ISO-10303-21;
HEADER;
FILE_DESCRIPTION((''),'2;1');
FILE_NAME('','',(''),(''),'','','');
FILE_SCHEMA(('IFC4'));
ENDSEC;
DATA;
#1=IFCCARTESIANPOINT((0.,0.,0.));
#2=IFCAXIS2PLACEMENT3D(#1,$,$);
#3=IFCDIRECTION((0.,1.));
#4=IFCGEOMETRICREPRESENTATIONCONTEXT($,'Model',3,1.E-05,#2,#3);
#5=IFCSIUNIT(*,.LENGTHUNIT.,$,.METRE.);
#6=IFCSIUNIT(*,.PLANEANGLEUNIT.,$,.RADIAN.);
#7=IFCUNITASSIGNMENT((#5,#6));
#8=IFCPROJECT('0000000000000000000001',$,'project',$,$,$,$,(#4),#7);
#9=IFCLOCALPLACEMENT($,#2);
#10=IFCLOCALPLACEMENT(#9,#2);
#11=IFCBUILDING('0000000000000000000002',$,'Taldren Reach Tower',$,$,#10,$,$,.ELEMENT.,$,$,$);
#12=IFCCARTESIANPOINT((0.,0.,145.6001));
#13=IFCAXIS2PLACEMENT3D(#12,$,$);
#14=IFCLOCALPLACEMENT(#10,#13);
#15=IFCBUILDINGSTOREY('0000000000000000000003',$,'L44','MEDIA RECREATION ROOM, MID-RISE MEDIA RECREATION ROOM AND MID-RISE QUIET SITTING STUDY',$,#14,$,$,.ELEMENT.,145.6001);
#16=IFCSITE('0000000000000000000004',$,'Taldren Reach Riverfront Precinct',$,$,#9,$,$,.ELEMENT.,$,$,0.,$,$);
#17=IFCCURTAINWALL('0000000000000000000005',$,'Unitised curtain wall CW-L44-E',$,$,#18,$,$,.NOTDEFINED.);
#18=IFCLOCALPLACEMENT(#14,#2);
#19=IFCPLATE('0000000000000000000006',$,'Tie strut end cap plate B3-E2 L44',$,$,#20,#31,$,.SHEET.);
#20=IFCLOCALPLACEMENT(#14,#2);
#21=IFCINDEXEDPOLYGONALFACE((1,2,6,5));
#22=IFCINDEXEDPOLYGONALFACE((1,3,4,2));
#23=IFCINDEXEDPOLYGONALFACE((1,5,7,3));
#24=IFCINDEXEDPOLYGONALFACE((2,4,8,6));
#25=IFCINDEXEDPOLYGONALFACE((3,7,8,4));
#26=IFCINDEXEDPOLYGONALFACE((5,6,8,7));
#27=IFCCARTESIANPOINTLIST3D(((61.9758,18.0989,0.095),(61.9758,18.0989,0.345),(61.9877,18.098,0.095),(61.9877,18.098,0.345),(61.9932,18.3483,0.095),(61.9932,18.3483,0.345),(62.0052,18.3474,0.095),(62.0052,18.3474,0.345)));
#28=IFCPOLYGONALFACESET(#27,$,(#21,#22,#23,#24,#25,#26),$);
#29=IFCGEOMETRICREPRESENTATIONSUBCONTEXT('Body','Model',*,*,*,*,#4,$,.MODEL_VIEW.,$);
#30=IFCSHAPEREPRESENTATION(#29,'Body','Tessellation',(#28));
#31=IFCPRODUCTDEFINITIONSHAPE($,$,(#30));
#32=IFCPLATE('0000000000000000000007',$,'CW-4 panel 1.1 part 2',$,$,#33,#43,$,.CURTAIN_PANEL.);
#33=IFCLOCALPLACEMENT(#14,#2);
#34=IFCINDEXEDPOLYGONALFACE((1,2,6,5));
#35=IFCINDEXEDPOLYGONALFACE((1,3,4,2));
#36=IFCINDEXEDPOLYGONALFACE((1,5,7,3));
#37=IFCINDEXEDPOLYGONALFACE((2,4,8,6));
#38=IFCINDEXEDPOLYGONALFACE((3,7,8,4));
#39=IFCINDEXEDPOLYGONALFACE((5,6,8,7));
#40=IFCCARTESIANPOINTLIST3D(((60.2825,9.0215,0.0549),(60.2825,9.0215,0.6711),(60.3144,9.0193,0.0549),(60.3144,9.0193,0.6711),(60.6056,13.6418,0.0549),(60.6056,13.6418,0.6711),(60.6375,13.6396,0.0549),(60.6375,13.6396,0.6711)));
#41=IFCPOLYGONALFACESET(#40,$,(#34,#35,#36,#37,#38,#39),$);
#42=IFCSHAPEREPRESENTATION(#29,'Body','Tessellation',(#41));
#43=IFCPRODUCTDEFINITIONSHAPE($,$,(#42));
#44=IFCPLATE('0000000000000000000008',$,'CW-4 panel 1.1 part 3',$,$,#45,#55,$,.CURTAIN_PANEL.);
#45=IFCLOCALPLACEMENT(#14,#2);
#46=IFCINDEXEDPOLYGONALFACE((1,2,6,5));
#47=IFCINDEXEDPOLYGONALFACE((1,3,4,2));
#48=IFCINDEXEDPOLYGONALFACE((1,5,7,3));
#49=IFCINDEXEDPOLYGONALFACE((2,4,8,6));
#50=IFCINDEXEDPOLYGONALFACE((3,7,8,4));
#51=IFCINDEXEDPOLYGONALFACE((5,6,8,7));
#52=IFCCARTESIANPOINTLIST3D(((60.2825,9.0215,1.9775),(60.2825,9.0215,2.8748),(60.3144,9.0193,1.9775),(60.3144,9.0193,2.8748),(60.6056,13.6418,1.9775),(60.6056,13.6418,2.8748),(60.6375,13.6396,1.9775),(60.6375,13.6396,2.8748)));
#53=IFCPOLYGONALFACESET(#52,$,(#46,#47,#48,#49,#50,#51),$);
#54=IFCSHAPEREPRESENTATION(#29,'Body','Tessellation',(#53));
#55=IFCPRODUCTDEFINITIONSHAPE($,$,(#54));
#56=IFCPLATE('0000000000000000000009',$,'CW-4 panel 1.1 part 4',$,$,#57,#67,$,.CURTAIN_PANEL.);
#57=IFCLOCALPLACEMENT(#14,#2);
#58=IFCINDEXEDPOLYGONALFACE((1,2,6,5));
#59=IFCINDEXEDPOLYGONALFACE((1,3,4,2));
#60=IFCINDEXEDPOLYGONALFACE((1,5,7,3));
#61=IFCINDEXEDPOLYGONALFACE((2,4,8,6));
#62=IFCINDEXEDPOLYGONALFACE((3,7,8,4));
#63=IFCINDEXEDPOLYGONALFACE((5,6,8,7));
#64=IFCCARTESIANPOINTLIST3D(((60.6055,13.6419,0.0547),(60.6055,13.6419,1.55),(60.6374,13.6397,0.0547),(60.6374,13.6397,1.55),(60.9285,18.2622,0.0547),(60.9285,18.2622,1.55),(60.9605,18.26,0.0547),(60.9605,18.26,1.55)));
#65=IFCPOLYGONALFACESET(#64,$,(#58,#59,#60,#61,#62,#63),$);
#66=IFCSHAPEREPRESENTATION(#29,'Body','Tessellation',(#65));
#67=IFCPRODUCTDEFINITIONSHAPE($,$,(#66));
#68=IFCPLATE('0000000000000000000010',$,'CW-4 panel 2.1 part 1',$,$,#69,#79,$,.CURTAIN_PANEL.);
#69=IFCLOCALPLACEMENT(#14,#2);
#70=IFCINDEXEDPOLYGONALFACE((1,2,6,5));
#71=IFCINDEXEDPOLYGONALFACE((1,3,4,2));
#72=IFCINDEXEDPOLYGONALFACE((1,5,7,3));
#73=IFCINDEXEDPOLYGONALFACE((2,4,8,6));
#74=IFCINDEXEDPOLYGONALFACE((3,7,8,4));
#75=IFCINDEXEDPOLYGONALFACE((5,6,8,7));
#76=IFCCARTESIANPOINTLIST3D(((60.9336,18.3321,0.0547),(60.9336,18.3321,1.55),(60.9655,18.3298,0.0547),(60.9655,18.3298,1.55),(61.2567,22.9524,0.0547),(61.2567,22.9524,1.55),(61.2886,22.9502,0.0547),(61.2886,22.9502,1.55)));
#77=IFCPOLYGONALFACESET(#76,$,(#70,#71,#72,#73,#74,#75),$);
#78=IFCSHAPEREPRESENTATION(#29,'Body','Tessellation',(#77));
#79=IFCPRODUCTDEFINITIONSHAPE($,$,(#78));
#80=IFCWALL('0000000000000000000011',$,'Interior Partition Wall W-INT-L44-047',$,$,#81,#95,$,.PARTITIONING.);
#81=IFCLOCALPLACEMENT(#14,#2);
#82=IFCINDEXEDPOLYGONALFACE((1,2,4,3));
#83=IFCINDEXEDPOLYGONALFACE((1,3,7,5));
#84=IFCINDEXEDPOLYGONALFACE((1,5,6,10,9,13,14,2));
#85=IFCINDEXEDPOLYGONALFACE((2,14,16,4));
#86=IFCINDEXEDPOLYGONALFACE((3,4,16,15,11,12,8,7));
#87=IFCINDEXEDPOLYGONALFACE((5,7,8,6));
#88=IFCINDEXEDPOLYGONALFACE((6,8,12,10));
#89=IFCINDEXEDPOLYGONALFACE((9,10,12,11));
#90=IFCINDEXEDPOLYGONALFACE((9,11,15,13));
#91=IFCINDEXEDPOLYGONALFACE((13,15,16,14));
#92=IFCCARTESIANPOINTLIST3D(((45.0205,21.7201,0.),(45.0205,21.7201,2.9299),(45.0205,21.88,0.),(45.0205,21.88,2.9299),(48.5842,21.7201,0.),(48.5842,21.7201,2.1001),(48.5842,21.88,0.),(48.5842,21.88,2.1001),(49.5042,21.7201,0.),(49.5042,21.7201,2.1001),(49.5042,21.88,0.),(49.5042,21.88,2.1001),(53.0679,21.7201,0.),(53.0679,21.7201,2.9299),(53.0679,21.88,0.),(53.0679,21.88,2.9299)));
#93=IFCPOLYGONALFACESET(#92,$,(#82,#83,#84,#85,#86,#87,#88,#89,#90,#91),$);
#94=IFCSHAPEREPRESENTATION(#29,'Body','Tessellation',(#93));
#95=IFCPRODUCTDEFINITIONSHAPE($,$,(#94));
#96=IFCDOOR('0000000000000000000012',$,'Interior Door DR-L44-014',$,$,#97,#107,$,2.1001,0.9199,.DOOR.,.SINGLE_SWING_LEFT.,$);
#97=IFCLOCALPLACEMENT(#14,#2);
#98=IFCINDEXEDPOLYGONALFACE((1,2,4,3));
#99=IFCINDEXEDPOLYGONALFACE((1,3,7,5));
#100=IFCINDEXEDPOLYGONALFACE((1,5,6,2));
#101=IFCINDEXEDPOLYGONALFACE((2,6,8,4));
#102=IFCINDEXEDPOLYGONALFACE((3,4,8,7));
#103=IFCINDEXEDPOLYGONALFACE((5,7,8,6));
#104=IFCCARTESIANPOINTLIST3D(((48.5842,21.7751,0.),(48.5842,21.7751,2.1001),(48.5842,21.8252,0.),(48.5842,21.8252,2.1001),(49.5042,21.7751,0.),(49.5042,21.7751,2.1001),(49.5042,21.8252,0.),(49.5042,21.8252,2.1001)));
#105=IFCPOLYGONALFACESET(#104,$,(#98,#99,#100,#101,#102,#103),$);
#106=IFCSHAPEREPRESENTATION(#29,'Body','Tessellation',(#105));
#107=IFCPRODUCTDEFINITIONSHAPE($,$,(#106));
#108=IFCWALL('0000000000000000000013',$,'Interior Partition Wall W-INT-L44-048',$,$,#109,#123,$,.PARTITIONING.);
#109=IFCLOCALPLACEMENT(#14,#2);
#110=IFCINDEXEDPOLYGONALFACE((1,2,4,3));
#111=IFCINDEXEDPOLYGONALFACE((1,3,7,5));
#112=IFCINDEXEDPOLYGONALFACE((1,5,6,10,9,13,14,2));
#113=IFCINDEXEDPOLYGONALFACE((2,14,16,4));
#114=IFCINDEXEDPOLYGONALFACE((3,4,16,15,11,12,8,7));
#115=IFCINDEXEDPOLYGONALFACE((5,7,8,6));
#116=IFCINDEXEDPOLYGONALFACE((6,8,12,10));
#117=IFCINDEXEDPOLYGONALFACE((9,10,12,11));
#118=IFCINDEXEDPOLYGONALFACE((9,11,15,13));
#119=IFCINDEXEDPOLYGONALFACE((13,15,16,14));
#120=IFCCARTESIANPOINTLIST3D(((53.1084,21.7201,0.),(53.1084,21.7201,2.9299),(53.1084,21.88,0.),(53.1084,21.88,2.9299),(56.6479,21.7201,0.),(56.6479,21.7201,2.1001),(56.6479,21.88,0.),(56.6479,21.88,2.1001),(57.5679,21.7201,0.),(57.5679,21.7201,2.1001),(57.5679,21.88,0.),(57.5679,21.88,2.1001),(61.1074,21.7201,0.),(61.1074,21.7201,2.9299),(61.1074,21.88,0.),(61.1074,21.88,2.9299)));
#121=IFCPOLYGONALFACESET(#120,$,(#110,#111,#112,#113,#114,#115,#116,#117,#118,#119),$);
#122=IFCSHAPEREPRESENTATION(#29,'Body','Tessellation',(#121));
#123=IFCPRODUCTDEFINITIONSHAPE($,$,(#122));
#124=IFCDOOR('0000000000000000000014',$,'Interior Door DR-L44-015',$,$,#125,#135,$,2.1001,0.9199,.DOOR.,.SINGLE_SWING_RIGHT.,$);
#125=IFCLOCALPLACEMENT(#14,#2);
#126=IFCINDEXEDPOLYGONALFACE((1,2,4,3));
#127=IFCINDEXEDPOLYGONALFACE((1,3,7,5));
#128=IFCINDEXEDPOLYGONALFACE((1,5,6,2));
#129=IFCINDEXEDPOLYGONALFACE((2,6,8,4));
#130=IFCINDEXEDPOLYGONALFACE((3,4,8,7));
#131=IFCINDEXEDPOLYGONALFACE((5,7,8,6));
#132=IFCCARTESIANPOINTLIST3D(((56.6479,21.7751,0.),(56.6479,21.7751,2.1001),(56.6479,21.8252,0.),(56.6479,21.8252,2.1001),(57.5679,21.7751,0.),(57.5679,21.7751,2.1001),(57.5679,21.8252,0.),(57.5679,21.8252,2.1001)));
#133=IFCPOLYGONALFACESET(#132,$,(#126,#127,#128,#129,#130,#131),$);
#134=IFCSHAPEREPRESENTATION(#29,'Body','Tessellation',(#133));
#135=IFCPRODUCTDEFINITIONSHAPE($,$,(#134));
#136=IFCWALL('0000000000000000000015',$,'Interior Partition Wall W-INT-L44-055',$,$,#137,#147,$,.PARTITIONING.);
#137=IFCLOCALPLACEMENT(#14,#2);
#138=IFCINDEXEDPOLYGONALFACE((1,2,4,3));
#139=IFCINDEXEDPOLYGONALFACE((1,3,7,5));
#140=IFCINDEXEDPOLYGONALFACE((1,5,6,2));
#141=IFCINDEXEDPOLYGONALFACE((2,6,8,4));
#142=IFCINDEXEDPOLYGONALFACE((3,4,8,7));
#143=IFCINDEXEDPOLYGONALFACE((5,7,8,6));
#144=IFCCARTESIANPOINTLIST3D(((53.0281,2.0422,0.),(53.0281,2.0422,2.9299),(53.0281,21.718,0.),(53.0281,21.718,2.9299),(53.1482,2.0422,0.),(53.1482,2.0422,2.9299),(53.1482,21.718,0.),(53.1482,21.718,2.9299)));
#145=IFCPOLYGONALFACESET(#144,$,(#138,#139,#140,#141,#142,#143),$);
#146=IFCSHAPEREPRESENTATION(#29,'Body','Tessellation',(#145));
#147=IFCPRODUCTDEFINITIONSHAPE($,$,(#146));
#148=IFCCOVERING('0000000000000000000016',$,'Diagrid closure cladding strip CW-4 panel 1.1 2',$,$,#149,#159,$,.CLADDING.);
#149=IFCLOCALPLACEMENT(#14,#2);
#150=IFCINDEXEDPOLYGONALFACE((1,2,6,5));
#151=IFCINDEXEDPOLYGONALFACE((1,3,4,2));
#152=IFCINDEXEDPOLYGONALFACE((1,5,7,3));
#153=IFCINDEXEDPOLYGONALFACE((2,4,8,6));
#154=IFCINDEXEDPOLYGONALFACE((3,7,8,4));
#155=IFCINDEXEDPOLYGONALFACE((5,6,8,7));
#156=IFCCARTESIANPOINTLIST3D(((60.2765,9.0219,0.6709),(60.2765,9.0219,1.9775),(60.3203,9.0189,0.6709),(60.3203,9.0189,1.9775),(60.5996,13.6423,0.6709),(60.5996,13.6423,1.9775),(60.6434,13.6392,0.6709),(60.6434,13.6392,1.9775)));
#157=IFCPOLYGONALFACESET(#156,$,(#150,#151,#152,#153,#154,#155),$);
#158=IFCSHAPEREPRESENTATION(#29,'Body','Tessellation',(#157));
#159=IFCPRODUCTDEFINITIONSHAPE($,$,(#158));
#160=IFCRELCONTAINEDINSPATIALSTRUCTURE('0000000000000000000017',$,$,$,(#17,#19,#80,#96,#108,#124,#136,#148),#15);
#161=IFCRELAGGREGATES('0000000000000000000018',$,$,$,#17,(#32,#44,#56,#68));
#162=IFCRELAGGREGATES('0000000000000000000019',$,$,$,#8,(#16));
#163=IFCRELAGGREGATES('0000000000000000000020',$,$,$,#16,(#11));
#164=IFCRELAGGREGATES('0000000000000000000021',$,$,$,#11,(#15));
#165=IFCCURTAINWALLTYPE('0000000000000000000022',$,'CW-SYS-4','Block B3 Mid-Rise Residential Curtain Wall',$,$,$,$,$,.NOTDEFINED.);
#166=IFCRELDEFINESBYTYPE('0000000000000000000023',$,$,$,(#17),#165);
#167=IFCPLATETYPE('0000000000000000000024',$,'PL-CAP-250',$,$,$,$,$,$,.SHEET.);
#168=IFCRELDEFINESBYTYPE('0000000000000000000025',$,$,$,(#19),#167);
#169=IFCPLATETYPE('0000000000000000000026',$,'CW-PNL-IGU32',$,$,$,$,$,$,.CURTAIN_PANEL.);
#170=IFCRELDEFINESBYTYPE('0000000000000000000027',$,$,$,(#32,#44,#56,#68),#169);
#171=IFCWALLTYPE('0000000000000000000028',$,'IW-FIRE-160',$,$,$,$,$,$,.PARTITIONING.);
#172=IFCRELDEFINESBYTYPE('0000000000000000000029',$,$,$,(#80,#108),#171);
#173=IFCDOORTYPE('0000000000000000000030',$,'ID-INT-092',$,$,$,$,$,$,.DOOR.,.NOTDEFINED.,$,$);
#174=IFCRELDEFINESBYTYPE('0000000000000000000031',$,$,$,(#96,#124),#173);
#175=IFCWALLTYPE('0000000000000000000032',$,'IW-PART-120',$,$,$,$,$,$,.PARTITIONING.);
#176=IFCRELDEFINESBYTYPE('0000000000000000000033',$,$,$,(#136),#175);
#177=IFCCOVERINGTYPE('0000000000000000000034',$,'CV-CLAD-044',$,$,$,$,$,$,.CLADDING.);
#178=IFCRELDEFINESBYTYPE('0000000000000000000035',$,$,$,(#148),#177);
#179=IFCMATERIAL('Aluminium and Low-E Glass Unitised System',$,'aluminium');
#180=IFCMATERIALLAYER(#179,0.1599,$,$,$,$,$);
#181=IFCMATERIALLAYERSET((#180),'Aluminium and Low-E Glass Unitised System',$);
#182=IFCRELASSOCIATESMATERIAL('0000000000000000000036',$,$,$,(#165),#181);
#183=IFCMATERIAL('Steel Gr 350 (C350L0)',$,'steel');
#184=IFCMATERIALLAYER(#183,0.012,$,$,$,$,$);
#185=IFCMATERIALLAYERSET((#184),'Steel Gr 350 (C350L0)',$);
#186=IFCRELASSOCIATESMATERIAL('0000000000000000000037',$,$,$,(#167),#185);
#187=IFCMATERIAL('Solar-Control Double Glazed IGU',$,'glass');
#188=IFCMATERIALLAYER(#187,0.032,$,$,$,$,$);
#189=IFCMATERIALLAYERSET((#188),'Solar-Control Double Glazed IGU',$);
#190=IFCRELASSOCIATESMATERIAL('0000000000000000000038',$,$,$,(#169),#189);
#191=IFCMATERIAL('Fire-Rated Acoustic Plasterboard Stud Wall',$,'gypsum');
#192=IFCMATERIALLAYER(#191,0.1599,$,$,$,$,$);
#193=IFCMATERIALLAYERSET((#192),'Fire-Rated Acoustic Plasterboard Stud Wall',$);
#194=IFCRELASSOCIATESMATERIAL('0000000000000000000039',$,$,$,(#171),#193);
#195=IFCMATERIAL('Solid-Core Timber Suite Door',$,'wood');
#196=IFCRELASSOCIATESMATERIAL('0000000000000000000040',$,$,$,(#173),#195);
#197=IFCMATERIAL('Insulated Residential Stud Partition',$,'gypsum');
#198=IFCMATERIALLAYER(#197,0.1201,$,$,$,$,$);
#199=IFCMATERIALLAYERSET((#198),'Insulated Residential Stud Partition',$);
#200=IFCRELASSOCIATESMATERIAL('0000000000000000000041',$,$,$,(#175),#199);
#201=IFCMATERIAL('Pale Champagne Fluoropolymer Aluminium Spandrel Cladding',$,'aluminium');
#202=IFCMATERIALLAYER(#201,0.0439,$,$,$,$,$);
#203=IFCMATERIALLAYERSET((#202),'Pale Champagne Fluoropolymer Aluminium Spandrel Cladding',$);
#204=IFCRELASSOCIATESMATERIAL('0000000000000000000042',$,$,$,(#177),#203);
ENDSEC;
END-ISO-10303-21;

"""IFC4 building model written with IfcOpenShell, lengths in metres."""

from ifc_helpers import new_model, si_unit, direction, frame, frame_2d, origin, origin_2d, place, context, subcontext, project, spatial, rectangle, extrude, source, transform, mapped, material, layer, layer_set, type_object, element, fill, aggregate, save


model = new_model("IFC4")

# Units and contexts
model_context = context("Model", 3, precision=1e-05, world=origin(), true_north=direction((0.0, 1.0)))
body_context = subcontext(model_context, "Body", "Model", "MODEL_VIEW")
ifc_project = project(units=[si_unit("LENGTHUNIT", "METRE"), si_unit("PLANEANGLEUNIT", "RADIAN")], contexts=[model_context])

# Site, building, storey
site_placement = place(None, origin())
site = spatial("IfcSite", under=ifc_project, at=site_placement, Name="Taldren Reach Riverfront Precinct", CompositionType="ELEMENT", RefElevation=0.0)
building_placement = place(site_placement, origin())
building = spatial("IfcBuilding", under=site, at=building_placement, Name="Taldren Reach Tower", CompositionType="ELEMENT")
storey_placement = place(building_placement, frame((0.0, 0.0, 145.6001)))
storey = spatial("IfcBuildingStorey", under=building, at=storey_placement, Name="L44", Description="MEDIA RECREATION ROOM, MID-RISE MEDIA RECREATION ROOM AND MID-RISE QUIET SITTING STUDY", CompositionType="ELEMENT", Elevation=145.6001)

# Shared definitions
ifc_material_1 = material(Name="Steel Gr 350 (C350L0)", Category="steel")

# Curtain wall
ifc_material_2 = material(Name="Aluminium and Low-E Glass Unitised System", Category="aluminium")
ifc_layer_1 = layer(ifc_material_2, 0.1599)
ifc_layer_set_1 = layer_set([ifc_layer_1], Name="Aluminium and Low-E Glass Unitised System")
curtain_wall_type = type_object("IfcCurtainWallType", Name="CW-SYS-4", Description="Block B3 Mid-Rise Residential Curtain Wall", PredefinedType="NOTDEFINED", material=ifc_layer_set_1)
curtain_wall_placement = place(storey_placement, origin())
curtain_wall = element("IfcCurtainWall", 1, at=curtain_wall_placement, inside=storey, type_object=curtain_wall_type, Name="Unitised curtain wall CW-L44-E", PredefinedType="NOTDEFINED")

# Plates
ifc_layer_2 = layer(ifc_material_1, 0.012)
ifc_layer_set_2 = layer_set([ifc_layer_2], Name="Steel Gr 350 (C350L0)")
plate_type_1 = type_object("IfcPlateType", Name="PL-CAP-250", PredefinedType="SHEET", material=ifc_layer_set_2)
shared_shape_1 = source(origin(), body_context, "Body", "SweptSolid", [
    extrude(rectangle(XDim=0.012, YDim=0.25, at=origin_2d()), origin(), (0.0, 0.0, 1.0), 0.25),
])
plate_1_placement = place(storey_placement, frame((61.9905, 18.2231, 0.095), z_axis=(0.0, 0.0, 1.0), x_axis=(0.997564, -0.069756, 0.0)))
element("IfcPlate", 2, at=plate_1_placement, inside=storey, type_object=plate_type_1, Name="Tie strut end cap plate B3-E2 L44", PredefinedType="SHEET", context=body_context, shape_type="MappedRepresentation", body=[
    mapped(shared_shape_1, transform((0.0, 0.0, 0.0), scale=1.0)),
])
ifc_material_3 = material(Name="Solar-Control Double Glazed IGU", Category="glass")
ifc_layer_3 = layer(ifc_material_3, 0.032)
ifc_layer_set_3 = layer_set([ifc_layer_3], Name="Solar-Control Double Glazed IGU")
plate_type_2 = type_object("IfcPlateType", Name="CW-PNL-IGU32", PredefinedType="CURTAIN_PANEL", material=ifc_layer_set_3)
shared_shape_2 = source(origin(), body_context, "Body", "SweptSolid", [
    extrude(rectangle(XDim=4.6316, YDim=0.032, at=origin_2d()), origin(), (0.0, 0.0, 1.0), 0.6162),
])
plate_2_placement = place(storey_placement, frame((60.46, 11.3306, 0.0549), z_axis=(0.0, 0.0, 1.0), x_axis=(0.069756, 0.997564, 0.0)))
plate_2 = element("IfcPlate", 3, at=plate_2_placement, type_object=plate_type_2, Name="CW-4 panel 1.1 part 2", PredefinedType="CURTAIN_PANEL", context=body_context, shape_type="MappedRepresentation", body=[
    mapped(shared_shape_2, transform((0.0, 0.0, 0.0), scale=1.0)),
])
shared_shape_3 = source(origin(), body_context, "Body", "SweptSolid", [
    extrude(rectangle(XDim=4.6316, YDim=0.032, at=origin_2d()), origin(), (0.0, 0.0, 1.0), 0.8972),
])
plate_3_placement = place(storey_placement, frame((60.46, 11.3306, 1.9775), z_axis=(0.0, 0.0, 1.0), x_axis=(0.069756, 0.997564, 0.0)))
plate_3 = element("IfcPlate", 4, at=plate_3_placement, type_object=plate_type_2, Name="CW-4 panel 1.1 part 3", PredefinedType="CURTAIN_PANEL", context=body_context, shape_type="MappedRepresentation", body=[
    mapped(shared_shape_3, transform((0.0, 0.0, 0.0), scale=1.0)),
])
shared_shape_4 = source(origin(), body_context, "Body", "SweptSolid", [
    extrude(rectangle(XDim=4.6316, YDim=0.032, at=origin_2d()), origin(), (0.0, 0.0, 1.0), 1.4954),
])
plate_4_placement = place(storey_placement, frame((60.783, 15.9509, 0.0547), z_axis=(0.0, 0.0, 1.0), x_axis=(0.069756, 0.997564, 0.0)))
plate_4 = element("IfcPlate", 5, at=plate_4_placement, type_object=plate_type_2, Name="CW-4 panel 1.1 part 4", PredefinedType="CURTAIN_PANEL", context=body_context, shape_type="MappedRepresentation", body=[
    mapped(shared_shape_4, transform((0.0, 0.0, 0.0), scale=1.0)),
])
plate_5_placement = place(storey_placement, frame((61.1111, 20.6411, 0.0547), z_axis=(0.0, 0.0, 1.0), x_axis=(0.069756, 0.997564, 0.0)))
plate_5 = element("IfcPlate", 6, at=plate_5_placement, type_object=plate_type_2, Name="CW-4 panel 2.1 part 1", PredefinedType="CURTAIN_PANEL", context=body_context, shape_type="MappedRepresentation", body=[
    mapped(shared_shape_4, transform((0.0, 0.0, 0.0), scale=1.0)),
])
aggregate(curtain_wall, [plate_2, plate_3, plate_4, plate_5])

# Walls, openings, doors
ifc_material_4 = material(Name="Fire-Rated Acoustic Plasterboard Stud Wall", Category="gypsum")
ifc_layer_4 = layer(ifc_material_4, 0.1599)
ifc_layer_set_4 = layer_set([ifc_layer_4], Name="Fire-Rated Acoustic Plasterboard Stud Wall")
wall_type_1 = type_object("IfcWallType", Name="IW-FIRE-160", PredefinedType="PARTITIONING", material=ifc_layer_set_4)
shared_shape_5 = source(origin(), body_context, "Body", "SweptSolid", [
    extrude(rectangle(XDim=8.0474, YDim=0.1599, at=frame_2d((4.0237, 0.0))), origin(), (0.0, 0.0, 1.0), 2.9299),
])
wall_1_placement = place(storey_placement, frame((53.0679, 21.8, 0.0), z_axis=(0.0, 0.0, 1.0), x_axis=(-1.0, 0.0, 0.0)))
wall_1 = element("IfcWall", 7, at=wall_1_placement, inside=storey, type_object=wall_type_1, Name="Interior Partition Wall W-INT-L44-047", PredefinedType="PARTITIONING", context=body_context, shape_type="MappedRepresentation", body=[
    mapped(shared_shape_5, transform((0.0, 0.0, 0.0), scale=1.0)),
])
shared_shape_6 = source(origin(), body_context, "Body", "SweptSolid", [
    extrude(rectangle(XDim=0.9199, YDim=2.1001, at=frame_2d((0.46, 1.05))), frame((0.0, 0.0898, 0.0), z_axis=(0.0, -1.0, 0.0), x_axis=(1.0, 0.0, 0.0)), (0.0, 0.0, 1.0), 0.1799),
])
opening_1_placement = place(wall_1_placement, frame((3.5637, 0.0, 0.0)))
opening_1 = element("IfcOpeningElement", 8, at=opening_1_placement, cuts=wall_1, PredefinedType="OPENING", context=body_context, shape_type="MappedRepresentation", body=[
    mapped(shared_shape_6, transform((0.0, 0.0, 0.0), scale=1.0)),
])
ifc_material_5 = material(Name="Solid-Core Timber Suite Door", Category="wood")
door_type = type_object("IfcDoorType", Name="ID-INT-092", OperationType="NOTDEFINED", PredefinedType="DOOR", material=ifc_material_5)
shared_shape_7 = source(origin(), body_context, "Body", "SweptSolid", [
    extrude(rectangle(XDim=0.9199, YDim=2.1001, at=frame_2d((0.46, 1.05))), frame((0.0, 0.0249, 0.0), z_axis=(0.0, -1.0, 0.0), x_axis=(1.0, 0.0, 0.0)), (0.0, 0.0, 1.0), 0.05),
])
door_1_placement = place(opening_1_placement, origin())
door_1 = element("IfcDoor", 9, at=door_1_placement, inside=storey, type_object=door_type, Name="Interior Door DR-L44-014", OperationType="SINGLE_SWING_LEFT", OverallHeight=2.1001, OverallWidth=0.9199, PredefinedType="DOOR", context=body_context, shape_type="MappedRepresentation", body=[
    mapped(shared_shape_7, transform((0.0, 0.0, 0.0), scale=1.0)),
])
fill(opening_1, door_1)
shared_shape_8 = source(origin(), body_context, "Body", "SweptSolid", [
    extrude(rectangle(XDim=7.999, YDim=0.1599, at=frame_2d((3.9995, 0.0))), origin(), (0.0, 0.0, 1.0), 2.9299),
])
wall_2_placement = place(storey_placement, frame((61.1074, 21.8, 0.0), z_axis=(0.0, 0.0, 1.0), x_axis=(-1.0, 0.0, 0.0)))
wall_2 = element("IfcWall", 10, at=wall_2_placement, inside=storey, type_object=wall_type_1, Name="Interior Partition Wall W-INT-L44-048", PredefinedType="PARTITIONING", context=body_context, shape_type="MappedRepresentation", body=[
    mapped(shared_shape_8, transform((0.0, 0.0, 0.0), scale=1.0)),
])
opening_2_placement = place(wall_2_placement, frame((3.5396, 0.0, 0.0)))
opening_2 = element("IfcOpeningElement", 11, at=opening_2_placement, cuts=wall_2, PredefinedType="OPENING", context=body_context, shape_type="MappedRepresentation", body=[
    mapped(shared_shape_6, transform((0.0, 0.0, 0.0), scale=1.0)),
])
door_2_placement = place(opening_2_placement, origin())
door_2 = element("IfcDoor", 12, at=door_2_placement, inside=storey, type_object=door_type, Name="Interior Door DR-L44-015", OperationType="SINGLE_SWING_RIGHT", OverallHeight=2.1001, OverallWidth=0.9199, PredefinedType="DOOR", context=body_context, shape_type="MappedRepresentation", body=[
    mapped(shared_shape_7, transform((0.0, 0.0, 0.0), scale=1.0)),
])
fill(opening_2, door_2)

# Wall
ifc_material_6 = material(Name="Insulated Residential Stud Partition", Category="gypsum")
ifc_layer_5 = layer(ifc_material_6, 0.1201)
ifc_layer_set_5 = layer_set([ifc_layer_5], Name="Insulated Residential Stud Partition")
wall_type_2 = type_object("IfcWallType", Name="IW-PART-120", PredefinedType="PARTITIONING", material=ifc_layer_set_5)
shared_shape_9 = source(origin(), body_context, "Body", "SweptSolid", [
    extrude(rectangle(XDim=19.6758, YDim=0.1201, at=frame_2d((9.8379, 0.0))), origin(), (0.0, 0.0, 1.0), 2.9299),
])
wall_3_placement = place(storey_placement, frame((53.0881, 21.718, 0.0), z_axis=(0.0, 0.0, 1.0), x_axis=(0.0, -1.0, 0.0)))
element("IfcWall", 13, at=wall_3_placement, inside=storey, type_object=wall_type_2, Name="Interior Partition Wall W-INT-L44-055", PredefinedType="PARTITIONING", context=body_context, shape_type="MappedRepresentation", body=[
    mapped(shared_shape_9, transform((0.0, 0.0, 0.0), scale=1.0)),
])

# Covering
ifc_material_7 = material(Name="Pale Champagne Fluoropolymer Aluminium Spandrel Cladding", Category="aluminium")
ifc_layer_6 = layer(ifc_material_7, 0.0439)
ifc_layer_set_6 = layer_set([ifc_layer_6], Name="Pale Champagne Fluoropolymer Aluminium Spandrel Cladding")
covering_type = type_object("IfcCoveringType", Name="CV-CLAD-044", PredefinedType="CLADDING", material=ifc_layer_set_6)
shared_shape_10 = source(origin(), body_context, "Body", "SweptSolid", [
    extrude(rectangle(XDim=4.6316, YDim=0.0439, at=origin_2d()), origin(), (0.0, 0.0, 1.0), 1.3066),
])
covering_placement = place(storey_placement, frame((60.46, 11.3306, 0.6709), z_axis=(0.0, 0.0, 1.0), x_axis=(0.069756, 0.997564, 0.0)))
element("IfcCovering", 14, at=covering_placement, inside=storey, type_object=covering_type, Name="Diagrid closure cladding strip CW-4 panel 1.1 2", PredefinedType="CLADDING", context=body_context, shape_type="MappedRepresentation", body=[
    mapped(shared_shape_10, transform((0.0, 0.0, 0.0), scale=1.0)),
])

save(model, "model.ifc")
